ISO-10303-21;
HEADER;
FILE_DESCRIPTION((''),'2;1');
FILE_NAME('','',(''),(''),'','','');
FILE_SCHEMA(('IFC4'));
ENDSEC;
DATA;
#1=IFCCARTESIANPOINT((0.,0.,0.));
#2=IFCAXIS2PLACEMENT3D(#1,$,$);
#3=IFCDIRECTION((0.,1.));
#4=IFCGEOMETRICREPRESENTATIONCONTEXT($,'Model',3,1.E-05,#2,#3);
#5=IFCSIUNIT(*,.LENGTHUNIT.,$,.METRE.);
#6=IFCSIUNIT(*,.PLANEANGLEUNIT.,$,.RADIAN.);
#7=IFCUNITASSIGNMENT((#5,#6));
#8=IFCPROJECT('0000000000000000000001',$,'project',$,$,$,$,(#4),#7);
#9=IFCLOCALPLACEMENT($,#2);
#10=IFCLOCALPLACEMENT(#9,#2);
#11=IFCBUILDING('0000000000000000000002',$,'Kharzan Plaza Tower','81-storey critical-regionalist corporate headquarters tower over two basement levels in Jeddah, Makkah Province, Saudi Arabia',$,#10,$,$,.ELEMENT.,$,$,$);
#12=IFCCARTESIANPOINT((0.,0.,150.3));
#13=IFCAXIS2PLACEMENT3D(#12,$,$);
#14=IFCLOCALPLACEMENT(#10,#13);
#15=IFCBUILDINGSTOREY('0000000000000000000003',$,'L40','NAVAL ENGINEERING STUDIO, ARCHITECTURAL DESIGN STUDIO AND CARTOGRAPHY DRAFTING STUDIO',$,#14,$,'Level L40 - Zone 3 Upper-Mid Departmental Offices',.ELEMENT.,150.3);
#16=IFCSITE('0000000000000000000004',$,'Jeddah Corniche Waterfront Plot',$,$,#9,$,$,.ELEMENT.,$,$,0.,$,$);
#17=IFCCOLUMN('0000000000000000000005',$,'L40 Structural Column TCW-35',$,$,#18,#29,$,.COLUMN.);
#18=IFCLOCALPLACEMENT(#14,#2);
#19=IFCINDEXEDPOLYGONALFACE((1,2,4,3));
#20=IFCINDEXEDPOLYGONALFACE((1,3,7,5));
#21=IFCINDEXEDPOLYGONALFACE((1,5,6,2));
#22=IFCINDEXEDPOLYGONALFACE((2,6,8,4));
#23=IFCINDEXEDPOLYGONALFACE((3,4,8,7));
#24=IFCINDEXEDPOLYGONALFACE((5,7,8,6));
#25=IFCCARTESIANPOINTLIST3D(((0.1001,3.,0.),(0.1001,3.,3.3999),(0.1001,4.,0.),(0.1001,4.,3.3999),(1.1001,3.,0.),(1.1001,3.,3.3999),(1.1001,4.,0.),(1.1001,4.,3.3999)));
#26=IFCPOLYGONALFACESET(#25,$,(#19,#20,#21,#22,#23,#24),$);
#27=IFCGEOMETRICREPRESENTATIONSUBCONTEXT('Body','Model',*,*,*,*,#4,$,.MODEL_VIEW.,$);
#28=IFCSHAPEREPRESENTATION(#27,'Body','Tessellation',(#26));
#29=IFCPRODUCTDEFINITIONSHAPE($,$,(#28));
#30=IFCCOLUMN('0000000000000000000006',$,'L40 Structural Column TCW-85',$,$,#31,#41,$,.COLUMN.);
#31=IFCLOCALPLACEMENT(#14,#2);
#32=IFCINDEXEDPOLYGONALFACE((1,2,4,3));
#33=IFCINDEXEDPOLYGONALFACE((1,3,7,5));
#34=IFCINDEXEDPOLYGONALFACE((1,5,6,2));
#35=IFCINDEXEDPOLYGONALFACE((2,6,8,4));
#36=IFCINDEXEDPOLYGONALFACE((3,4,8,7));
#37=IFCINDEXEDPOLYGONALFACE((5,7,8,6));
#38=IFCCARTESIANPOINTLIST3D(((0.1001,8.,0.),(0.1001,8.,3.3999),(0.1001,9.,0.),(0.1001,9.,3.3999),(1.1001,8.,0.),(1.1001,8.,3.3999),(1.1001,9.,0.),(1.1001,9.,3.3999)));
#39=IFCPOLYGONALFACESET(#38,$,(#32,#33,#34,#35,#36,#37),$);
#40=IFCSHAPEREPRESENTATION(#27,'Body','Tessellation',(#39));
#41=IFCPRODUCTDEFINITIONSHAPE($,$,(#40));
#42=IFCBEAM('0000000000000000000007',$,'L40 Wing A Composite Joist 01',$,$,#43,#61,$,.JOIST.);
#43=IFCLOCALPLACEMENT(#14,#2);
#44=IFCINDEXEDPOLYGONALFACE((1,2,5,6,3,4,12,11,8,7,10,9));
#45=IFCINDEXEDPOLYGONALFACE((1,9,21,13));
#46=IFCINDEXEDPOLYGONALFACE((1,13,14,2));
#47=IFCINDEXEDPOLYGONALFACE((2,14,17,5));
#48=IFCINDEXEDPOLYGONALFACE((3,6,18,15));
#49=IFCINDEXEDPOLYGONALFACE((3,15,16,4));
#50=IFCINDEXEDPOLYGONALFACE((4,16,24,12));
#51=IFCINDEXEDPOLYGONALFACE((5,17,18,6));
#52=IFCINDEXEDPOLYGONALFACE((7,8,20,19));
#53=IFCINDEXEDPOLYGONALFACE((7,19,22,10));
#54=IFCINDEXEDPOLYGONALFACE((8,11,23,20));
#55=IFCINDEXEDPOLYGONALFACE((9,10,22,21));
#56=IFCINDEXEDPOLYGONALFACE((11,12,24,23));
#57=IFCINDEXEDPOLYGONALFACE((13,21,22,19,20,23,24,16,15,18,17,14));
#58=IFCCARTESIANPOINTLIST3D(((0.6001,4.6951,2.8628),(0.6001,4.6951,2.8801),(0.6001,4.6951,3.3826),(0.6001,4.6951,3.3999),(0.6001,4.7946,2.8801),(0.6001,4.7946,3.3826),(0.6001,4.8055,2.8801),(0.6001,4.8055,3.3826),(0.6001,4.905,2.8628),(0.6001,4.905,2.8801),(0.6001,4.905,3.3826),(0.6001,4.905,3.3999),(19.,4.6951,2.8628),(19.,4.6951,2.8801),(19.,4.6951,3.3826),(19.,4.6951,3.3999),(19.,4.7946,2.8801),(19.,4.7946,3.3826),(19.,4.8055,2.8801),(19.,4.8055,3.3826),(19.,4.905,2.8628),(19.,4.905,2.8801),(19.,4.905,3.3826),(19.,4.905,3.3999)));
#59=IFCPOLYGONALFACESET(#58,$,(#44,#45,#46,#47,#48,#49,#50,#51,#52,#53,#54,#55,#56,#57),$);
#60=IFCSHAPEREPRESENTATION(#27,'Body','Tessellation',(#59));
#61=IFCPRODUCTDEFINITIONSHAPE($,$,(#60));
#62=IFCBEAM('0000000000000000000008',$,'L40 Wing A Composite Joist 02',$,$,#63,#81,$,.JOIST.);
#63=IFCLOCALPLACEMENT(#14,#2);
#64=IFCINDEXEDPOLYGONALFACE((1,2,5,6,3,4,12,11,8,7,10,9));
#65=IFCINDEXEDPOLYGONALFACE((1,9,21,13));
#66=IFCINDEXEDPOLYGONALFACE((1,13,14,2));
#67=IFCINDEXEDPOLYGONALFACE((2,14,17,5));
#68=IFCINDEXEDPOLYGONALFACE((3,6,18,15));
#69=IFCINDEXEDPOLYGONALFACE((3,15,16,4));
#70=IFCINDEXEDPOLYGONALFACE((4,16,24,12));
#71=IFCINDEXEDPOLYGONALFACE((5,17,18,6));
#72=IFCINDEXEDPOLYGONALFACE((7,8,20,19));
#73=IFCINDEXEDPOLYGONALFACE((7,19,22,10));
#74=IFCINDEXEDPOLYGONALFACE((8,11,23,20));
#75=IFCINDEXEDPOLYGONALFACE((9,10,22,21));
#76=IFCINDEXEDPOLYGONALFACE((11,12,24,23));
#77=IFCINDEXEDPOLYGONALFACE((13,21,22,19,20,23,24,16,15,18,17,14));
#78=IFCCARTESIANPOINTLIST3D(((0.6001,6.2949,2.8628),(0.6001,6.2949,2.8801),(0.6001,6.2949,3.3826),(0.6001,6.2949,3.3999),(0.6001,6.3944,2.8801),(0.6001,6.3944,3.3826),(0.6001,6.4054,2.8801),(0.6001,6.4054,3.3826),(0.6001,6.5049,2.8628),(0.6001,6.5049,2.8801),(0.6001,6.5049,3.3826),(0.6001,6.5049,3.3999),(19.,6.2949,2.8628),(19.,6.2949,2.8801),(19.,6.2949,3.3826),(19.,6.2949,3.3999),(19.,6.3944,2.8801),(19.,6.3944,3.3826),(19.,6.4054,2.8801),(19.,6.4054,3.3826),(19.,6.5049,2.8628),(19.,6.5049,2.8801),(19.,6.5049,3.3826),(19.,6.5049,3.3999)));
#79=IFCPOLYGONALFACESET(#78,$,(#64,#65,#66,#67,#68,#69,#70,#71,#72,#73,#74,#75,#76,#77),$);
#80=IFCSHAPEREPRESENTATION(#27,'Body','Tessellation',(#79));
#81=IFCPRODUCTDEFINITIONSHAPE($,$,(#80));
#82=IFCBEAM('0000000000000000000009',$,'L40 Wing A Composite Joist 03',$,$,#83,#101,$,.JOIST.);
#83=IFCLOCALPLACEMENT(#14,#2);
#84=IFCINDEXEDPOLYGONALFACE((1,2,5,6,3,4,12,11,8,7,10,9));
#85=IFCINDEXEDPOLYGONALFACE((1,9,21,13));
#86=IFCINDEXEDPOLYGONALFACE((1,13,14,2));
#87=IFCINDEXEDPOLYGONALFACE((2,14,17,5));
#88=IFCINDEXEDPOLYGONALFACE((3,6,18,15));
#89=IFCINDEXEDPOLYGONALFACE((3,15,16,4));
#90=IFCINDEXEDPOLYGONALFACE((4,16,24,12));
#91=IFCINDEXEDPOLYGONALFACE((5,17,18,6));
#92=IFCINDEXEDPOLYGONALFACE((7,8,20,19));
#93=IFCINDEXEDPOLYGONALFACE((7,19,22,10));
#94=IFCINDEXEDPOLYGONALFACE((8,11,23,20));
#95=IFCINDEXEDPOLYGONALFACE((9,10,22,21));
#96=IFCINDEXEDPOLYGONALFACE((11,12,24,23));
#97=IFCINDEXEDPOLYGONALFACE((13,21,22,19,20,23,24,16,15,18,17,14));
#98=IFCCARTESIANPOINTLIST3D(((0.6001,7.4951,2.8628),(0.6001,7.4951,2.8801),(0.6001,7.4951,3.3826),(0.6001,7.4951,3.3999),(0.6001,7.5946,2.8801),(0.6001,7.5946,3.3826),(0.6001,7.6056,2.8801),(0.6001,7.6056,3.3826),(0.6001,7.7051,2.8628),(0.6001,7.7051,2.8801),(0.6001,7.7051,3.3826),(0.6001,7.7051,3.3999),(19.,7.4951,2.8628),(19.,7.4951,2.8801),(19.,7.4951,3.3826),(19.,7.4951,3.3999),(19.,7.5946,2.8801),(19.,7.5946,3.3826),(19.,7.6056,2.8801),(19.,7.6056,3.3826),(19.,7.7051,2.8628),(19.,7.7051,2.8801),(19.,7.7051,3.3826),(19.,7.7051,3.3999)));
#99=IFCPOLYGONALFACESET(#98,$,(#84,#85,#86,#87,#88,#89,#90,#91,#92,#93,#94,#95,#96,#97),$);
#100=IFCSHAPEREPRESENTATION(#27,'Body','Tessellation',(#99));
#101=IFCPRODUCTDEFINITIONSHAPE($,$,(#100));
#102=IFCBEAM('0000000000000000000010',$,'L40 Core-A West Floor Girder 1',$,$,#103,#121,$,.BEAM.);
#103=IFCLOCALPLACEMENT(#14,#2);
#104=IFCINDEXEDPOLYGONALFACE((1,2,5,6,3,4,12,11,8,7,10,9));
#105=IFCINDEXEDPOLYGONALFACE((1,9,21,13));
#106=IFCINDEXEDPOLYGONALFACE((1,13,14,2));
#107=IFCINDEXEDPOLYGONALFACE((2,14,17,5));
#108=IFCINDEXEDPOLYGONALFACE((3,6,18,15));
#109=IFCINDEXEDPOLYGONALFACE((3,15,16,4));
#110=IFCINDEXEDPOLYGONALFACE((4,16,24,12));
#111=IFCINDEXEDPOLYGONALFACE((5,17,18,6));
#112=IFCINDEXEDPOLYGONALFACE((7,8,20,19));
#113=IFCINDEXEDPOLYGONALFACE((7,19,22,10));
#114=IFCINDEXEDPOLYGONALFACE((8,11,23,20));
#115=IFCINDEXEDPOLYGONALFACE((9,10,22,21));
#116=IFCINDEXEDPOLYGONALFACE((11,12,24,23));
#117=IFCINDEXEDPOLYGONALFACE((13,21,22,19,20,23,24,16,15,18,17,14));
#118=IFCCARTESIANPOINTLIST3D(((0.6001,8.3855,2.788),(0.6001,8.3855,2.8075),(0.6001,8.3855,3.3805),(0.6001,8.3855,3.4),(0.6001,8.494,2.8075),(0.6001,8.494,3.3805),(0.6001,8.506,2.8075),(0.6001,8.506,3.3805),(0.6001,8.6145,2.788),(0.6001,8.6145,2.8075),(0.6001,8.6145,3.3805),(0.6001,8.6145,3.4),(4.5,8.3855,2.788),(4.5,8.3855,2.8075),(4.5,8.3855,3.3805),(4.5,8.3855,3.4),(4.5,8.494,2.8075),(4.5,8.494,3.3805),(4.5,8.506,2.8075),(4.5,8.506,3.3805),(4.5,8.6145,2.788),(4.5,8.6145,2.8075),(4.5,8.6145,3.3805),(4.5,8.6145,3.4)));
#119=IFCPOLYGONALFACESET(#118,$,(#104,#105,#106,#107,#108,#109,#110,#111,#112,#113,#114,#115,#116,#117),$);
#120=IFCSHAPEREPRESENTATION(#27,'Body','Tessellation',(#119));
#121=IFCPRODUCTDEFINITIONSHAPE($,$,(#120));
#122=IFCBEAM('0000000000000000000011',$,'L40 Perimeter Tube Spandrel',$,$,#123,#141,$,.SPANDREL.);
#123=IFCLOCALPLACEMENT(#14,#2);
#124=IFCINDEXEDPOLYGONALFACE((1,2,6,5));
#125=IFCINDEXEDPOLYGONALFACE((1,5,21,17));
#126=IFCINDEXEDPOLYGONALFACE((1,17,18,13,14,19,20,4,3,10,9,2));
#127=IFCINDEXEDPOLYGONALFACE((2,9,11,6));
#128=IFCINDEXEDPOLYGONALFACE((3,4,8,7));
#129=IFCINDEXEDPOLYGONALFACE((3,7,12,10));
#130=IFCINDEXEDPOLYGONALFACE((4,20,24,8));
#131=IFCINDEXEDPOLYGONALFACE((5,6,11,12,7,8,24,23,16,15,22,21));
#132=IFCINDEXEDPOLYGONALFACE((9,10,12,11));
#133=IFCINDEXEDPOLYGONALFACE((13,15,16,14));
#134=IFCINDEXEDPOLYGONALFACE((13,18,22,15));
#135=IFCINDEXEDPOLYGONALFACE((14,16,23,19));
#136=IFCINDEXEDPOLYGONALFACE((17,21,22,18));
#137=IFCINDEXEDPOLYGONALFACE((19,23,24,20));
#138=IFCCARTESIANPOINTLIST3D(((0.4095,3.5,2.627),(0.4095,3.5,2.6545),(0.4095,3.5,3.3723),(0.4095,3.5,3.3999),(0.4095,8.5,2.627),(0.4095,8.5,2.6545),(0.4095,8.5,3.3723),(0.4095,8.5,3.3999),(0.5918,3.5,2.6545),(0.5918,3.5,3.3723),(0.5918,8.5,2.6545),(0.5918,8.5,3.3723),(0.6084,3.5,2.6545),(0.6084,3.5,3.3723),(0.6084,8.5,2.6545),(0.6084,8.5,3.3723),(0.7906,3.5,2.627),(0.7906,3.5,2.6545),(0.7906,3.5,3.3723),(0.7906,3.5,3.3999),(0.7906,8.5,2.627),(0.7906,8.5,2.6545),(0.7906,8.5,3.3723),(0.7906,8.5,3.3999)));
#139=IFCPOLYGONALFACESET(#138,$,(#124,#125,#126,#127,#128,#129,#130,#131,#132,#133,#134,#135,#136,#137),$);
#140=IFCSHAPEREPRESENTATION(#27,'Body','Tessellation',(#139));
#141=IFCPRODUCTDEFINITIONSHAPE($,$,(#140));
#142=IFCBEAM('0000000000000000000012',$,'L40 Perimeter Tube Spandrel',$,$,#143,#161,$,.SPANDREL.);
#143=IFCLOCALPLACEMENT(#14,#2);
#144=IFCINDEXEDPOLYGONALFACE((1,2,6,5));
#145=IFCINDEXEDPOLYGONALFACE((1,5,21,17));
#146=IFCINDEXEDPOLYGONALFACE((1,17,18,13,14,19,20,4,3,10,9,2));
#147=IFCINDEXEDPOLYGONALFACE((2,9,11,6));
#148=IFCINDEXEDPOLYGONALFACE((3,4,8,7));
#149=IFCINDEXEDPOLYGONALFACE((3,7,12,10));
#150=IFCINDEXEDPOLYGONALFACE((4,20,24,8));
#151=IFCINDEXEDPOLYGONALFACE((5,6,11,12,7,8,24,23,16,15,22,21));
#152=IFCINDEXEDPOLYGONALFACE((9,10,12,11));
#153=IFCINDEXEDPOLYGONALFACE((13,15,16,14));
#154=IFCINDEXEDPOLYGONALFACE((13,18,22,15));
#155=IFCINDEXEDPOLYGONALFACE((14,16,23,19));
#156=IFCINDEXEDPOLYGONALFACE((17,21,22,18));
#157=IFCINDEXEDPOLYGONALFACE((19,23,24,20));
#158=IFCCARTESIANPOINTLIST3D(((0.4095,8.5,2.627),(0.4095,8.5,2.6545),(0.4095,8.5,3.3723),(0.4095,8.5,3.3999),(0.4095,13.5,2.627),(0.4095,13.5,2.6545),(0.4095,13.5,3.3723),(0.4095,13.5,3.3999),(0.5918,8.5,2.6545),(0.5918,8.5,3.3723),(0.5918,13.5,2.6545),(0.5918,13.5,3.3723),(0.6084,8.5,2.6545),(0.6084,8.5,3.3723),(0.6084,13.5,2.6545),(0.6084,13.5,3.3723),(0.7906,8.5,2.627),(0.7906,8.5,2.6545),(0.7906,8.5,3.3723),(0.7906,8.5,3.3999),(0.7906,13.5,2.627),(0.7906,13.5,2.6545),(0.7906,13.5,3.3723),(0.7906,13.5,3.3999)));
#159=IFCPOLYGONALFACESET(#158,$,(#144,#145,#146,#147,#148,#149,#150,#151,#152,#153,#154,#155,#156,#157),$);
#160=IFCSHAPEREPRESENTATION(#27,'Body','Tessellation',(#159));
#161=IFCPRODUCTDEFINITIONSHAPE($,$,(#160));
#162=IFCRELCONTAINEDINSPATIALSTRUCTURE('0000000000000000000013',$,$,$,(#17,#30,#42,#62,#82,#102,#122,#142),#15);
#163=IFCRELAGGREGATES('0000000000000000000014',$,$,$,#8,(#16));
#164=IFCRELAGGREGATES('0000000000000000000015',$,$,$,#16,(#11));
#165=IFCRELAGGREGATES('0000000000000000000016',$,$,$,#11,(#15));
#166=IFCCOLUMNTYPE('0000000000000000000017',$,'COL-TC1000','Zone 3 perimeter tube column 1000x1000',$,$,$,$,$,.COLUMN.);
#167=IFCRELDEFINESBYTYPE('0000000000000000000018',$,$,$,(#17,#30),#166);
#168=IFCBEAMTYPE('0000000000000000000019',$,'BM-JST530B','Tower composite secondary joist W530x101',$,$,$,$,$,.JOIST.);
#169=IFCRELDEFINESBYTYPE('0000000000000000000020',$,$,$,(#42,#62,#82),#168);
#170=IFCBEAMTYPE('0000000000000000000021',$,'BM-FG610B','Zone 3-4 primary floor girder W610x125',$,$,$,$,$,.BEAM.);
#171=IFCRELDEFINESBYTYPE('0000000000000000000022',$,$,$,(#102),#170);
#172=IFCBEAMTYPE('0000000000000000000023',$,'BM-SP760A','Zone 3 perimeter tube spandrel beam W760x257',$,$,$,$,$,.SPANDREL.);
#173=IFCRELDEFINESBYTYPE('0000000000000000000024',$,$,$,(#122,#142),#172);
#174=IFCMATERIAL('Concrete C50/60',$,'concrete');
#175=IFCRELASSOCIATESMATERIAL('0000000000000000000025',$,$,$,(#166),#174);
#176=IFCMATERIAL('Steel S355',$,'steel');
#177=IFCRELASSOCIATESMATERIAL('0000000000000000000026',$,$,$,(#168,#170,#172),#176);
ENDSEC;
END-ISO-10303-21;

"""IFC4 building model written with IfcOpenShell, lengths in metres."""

from ifc_helpers import new_model, si_unit, direction, frame, origin, origin_2d, place, context, subcontext, project, spatial, rectangle, i_section, extrude, source, transform, mapped, material, material_profile, profile_set, type_object, element, save


model = new_model("IFC4")

# Units and contexts
model_context = context("Model", 3, precision=1e-05, world=origin(), true_north=direction((0.0, 1.0)))
body_context = subcontext(model_context, "Body", "Model", "MODEL_VIEW")
ifc_project = project(units=[si_unit("LENGTHUNIT", "METRE"), si_unit("PLANEANGLEUNIT", "RADIAN")], contexts=[model_context])

# Site, building, storey
site_placement = place(None, origin())
site = spatial("IfcSite", under=ifc_project, at=site_placement, Name="Jeddah Corniche Waterfront Plot", CompositionType="ELEMENT", RefElevation=0.0)
building_placement = place(site_placement, origin())
building = spatial("IfcBuilding", under=site, at=building_placement, Name="Kharzan Plaza Tower", Description="81-storey critical-regionalist corporate headquarters tower over two basement levels in Jeddah, Makkah Province, Saudi Arabia", CompositionType="ELEMENT")
storey_placement = place(building_placement, frame((0.0, 0.0, 150.3)))
storey = spatial("IfcBuildingStorey", under=building, at=storey_placement, Name="L40", Description="NAVAL ENGINEERING STUDIO, ARCHITECTURAL DESIGN STUDIO AND CARTOGRAPHY DRAFTING STUDIO", LongName="Level L40 - Zone 3 Upper-Mid Departmental Offices", CompositionType="ELEMENT", Elevation=150.3)

# Columns
ifc_material_1 = material(Name="Concrete C50/60", Category="concrete")
ifc_material_profile_1 = material_profile(ifc_material_1, rectangle(XDim=1.0, YDim=1.0, at=origin_2d()), Name="RC-TC1000x1000")
ifc_profile_set_1 = profile_set([ifc_material_profile_1], Name="Concrete C50/60")
column_type = type_object("IfcColumnType", Name="COL-TC1000", Description="Zone 3 perimeter tube column 1000x1000", PredefinedType="COLUMN", material=ifc_profile_set_1)
shared_shape_1 = source(origin(), body_context, "Body", "SweptSolid", [
    extrude(rectangle(XDim=1.0, YDim=1.0, at=origin_2d()), origin(), (0.0, 0.0, 1.0), 3.3999),
])
for number, where, z_axis, x_axis, name in (
    (1, (0.6001, 3.5, 0.0), (0.0, 0.0, 1.0), (1.0, 0.0, 0.0), "L40 Structural Column TCW-35"),
    (2, (0.6001, 8.5, 0.0), (0.0, 0.0, 1.0), (1.0, 0.0, 0.0), "L40 Structural Column TCW-85"),
):
    element("IfcColumn", number, at=place(storey_placement, frame(where, z_axis=z_axis, x_axis=x_axis)), inside=storey, type_object=column_type, Name=name, PredefinedType="COLUMN", context=body_context, shape_type="MappedRepresentation", body=[
        mapped(shared_shape_1, transform((0.0, 0.0, 0.0), x_axis=(1.0, 0.0, 0.0), y_axis=(0.0, 1.0, 0.0), z_axis=(0.0, 0.0, 1.0))),
    ])

# Beams
ifc_material_2 = material(Name="Steel S355", Category="steel")
ifc_material_profile_2 = material_profile(ifc_material_2, i_section(OverallWidth=0.21, OverallDepth=0.5371, WebThickness=0.011, FlangeThickness=0.0173, at=origin_2d()), Name="W530x101")
ifc_profile_set_2 = profile_set([ifc_material_profile_2], Name="Steel S355")
beam_type_1 = type_object("IfcBeamType", Name="BM-JST530B", Description="Tower composite secondary joist W530x101", PredefinedType="JOIST", material=ifc_profile_set_2)
shared_shape_2 = source(origin(), body_context, "Body", "SweptSolid", [
    extrude(i_section(OverallWidth=0.21, OverallDepth=0.5371, WebThickness=0.011, FlangeThickness=0.0173, at=origin_2d()), origin(), (0.0, 0.0, 1.0), 18.3999),
])
for number, where, z_axis, x_axis, name in (
    (3, (0.6001, 4.8, 3.1313), (1.0, 0.0, 0.0), (0.0, 1.0, 0.0), "L40 Wing A Composite Joist 01"),
    (4, (0.6001, 6.3999, 3.1313), (1.0, 0.0, 0.0), (0.0, 1.0, 0.0), "L40 Wing A Composite Joist 02"),
    (5, (0.6001, 7.6001, 3.1313), (1.0, 0.0, 0.0), (0.0, 1.0, 0.0), "L40 Wing A Composite Joist 03"),
):
    element("IfcBeam", number, at=place(storey_placement, frame(where, z_axis=z_axis, x_axis=x_axis)), inside=storey, type_object=beam_type_1, Name=name, PredefinedType="JOIST", context=body_context, shape_type="MappedRepresentation", body=[
        mapped(shared_shape_2, transform((0.0, 0.0, 0.0), x_axis=(1.0, 0.0, 0.0), y_axis=(0.0, 1.0, 0.0), z_axis=(0.0, 0.0, 1.0))),
    ])
ifc_material_profile_3 = material_profile(ifc_material_2, i_section(OverallWidth=0.229, OverallDepth=0.6121, WebThickness=0.012, FlangeThickness=0.0195, at=origin_2d()), Name="W610x125")
ifc_profile_set_3 = profile_set([ifc_material_profile_3], Name="Steel S355")
beam_type_2 = type_object("IfcBeamType", Name="BM-FG610B", Description="Zone 3-4 primary floor girder W610x125", PredefinedType="BEAM", material=ifc_profile_set_3)
shared_shape_3 = source(origin(), body_context, "Body", "SweptSolid", [
    extrude(i_section(OverallWidth=0.229, OverallDepth=0.6121, WebThickness=0.012, FlangeThickness=0.0195, at=origin_2d()), origin(), (0.0, 0.0, 1.0), 3.8999),
])
beam_placement = place(storey_placement, frame((0.6001, 8.5, 3.094), z_axis=(1.0, 0.0, 0.0), x_axis=(0.0, 1.0, 0.0)))
element("IfcBeam", 6, at=beam_placement, inside=storey, type_object=beam_type_2, Name="L40 Core-A West Floor Girder 1", PredefinedType="BEAM", context=body_context, shape_type="MappedRepresentation", body=[
    mapped(shared_shape_3, transform((0.0, 0.0, 0.0), x_axis=(1.0, 0.0, 0.0), y_axis=(0.0, 1.0, 0.0), z_axis=(0.0, 0.0, 1.0))),
])
ifc_material_profile_4 = material_profile(ifc_material_2, i_section(OverallWidth=0.3811, OverallDepth=0.7729, WebThickness=0.0166, FlangeThickness=0.0276, at=origin_2d()), Name="W760x257")
ifc_profile_set_4 = profile_set([ifc_material_profile_4], Name="Steel S355")
beam_type_3 = type_object("IfcBeamType", Name="BM-SP760A", Description="Zone 3 perimeter tube spandrel beam W760x257", PredefinedType="SPANDREL", material=ifc_profile_set_4)
shared_shape_4 = source(origin(), body_context, "Body", "SweptSolid", [
    extrude(i_section(OverallWidth=0.3811, OverallDepth=0.7729, WebThickness=0.0166, FlangeThickness=0.0276, at=origin_2d()), origin(), (0.0, 0.0, 1.0), 5.0),
])
for number, where, z_axis, x_axis, name in (
    (7, (0.6001, 3.5, 3.0134), (0.0, 1.0, 0.0), (-1.0, 0.0, 0.0), "L40 Perimeter Tube Spandrel"),
    (8, (0.6001, 8.5, 3.0134), (0.0, 1.0, 0.0), (-1.0, 0.0, 0.0), "L40 Perimeter Tube Spandrel"),
):
    element("IfcBeam", number, at=place(storey_placement, frame(where, z_axis=z_axis, x_axis=x_axis)), inside=storey, type_object=beam_type_3, Name=name, PredefinedType="SPANDREL", context=body_context, shape_type="MappedRepresentation", body=[
        mapped(shared_shape_4, transform((0.0, 0.0, 0.0), x_axis=(1.0, 0.0, 0.0), y_axis=(0.0, 1.0, 0.0), z_axis=(0.0, 0.0, 1.0))),
    ])

save(model, "model.ifc")
